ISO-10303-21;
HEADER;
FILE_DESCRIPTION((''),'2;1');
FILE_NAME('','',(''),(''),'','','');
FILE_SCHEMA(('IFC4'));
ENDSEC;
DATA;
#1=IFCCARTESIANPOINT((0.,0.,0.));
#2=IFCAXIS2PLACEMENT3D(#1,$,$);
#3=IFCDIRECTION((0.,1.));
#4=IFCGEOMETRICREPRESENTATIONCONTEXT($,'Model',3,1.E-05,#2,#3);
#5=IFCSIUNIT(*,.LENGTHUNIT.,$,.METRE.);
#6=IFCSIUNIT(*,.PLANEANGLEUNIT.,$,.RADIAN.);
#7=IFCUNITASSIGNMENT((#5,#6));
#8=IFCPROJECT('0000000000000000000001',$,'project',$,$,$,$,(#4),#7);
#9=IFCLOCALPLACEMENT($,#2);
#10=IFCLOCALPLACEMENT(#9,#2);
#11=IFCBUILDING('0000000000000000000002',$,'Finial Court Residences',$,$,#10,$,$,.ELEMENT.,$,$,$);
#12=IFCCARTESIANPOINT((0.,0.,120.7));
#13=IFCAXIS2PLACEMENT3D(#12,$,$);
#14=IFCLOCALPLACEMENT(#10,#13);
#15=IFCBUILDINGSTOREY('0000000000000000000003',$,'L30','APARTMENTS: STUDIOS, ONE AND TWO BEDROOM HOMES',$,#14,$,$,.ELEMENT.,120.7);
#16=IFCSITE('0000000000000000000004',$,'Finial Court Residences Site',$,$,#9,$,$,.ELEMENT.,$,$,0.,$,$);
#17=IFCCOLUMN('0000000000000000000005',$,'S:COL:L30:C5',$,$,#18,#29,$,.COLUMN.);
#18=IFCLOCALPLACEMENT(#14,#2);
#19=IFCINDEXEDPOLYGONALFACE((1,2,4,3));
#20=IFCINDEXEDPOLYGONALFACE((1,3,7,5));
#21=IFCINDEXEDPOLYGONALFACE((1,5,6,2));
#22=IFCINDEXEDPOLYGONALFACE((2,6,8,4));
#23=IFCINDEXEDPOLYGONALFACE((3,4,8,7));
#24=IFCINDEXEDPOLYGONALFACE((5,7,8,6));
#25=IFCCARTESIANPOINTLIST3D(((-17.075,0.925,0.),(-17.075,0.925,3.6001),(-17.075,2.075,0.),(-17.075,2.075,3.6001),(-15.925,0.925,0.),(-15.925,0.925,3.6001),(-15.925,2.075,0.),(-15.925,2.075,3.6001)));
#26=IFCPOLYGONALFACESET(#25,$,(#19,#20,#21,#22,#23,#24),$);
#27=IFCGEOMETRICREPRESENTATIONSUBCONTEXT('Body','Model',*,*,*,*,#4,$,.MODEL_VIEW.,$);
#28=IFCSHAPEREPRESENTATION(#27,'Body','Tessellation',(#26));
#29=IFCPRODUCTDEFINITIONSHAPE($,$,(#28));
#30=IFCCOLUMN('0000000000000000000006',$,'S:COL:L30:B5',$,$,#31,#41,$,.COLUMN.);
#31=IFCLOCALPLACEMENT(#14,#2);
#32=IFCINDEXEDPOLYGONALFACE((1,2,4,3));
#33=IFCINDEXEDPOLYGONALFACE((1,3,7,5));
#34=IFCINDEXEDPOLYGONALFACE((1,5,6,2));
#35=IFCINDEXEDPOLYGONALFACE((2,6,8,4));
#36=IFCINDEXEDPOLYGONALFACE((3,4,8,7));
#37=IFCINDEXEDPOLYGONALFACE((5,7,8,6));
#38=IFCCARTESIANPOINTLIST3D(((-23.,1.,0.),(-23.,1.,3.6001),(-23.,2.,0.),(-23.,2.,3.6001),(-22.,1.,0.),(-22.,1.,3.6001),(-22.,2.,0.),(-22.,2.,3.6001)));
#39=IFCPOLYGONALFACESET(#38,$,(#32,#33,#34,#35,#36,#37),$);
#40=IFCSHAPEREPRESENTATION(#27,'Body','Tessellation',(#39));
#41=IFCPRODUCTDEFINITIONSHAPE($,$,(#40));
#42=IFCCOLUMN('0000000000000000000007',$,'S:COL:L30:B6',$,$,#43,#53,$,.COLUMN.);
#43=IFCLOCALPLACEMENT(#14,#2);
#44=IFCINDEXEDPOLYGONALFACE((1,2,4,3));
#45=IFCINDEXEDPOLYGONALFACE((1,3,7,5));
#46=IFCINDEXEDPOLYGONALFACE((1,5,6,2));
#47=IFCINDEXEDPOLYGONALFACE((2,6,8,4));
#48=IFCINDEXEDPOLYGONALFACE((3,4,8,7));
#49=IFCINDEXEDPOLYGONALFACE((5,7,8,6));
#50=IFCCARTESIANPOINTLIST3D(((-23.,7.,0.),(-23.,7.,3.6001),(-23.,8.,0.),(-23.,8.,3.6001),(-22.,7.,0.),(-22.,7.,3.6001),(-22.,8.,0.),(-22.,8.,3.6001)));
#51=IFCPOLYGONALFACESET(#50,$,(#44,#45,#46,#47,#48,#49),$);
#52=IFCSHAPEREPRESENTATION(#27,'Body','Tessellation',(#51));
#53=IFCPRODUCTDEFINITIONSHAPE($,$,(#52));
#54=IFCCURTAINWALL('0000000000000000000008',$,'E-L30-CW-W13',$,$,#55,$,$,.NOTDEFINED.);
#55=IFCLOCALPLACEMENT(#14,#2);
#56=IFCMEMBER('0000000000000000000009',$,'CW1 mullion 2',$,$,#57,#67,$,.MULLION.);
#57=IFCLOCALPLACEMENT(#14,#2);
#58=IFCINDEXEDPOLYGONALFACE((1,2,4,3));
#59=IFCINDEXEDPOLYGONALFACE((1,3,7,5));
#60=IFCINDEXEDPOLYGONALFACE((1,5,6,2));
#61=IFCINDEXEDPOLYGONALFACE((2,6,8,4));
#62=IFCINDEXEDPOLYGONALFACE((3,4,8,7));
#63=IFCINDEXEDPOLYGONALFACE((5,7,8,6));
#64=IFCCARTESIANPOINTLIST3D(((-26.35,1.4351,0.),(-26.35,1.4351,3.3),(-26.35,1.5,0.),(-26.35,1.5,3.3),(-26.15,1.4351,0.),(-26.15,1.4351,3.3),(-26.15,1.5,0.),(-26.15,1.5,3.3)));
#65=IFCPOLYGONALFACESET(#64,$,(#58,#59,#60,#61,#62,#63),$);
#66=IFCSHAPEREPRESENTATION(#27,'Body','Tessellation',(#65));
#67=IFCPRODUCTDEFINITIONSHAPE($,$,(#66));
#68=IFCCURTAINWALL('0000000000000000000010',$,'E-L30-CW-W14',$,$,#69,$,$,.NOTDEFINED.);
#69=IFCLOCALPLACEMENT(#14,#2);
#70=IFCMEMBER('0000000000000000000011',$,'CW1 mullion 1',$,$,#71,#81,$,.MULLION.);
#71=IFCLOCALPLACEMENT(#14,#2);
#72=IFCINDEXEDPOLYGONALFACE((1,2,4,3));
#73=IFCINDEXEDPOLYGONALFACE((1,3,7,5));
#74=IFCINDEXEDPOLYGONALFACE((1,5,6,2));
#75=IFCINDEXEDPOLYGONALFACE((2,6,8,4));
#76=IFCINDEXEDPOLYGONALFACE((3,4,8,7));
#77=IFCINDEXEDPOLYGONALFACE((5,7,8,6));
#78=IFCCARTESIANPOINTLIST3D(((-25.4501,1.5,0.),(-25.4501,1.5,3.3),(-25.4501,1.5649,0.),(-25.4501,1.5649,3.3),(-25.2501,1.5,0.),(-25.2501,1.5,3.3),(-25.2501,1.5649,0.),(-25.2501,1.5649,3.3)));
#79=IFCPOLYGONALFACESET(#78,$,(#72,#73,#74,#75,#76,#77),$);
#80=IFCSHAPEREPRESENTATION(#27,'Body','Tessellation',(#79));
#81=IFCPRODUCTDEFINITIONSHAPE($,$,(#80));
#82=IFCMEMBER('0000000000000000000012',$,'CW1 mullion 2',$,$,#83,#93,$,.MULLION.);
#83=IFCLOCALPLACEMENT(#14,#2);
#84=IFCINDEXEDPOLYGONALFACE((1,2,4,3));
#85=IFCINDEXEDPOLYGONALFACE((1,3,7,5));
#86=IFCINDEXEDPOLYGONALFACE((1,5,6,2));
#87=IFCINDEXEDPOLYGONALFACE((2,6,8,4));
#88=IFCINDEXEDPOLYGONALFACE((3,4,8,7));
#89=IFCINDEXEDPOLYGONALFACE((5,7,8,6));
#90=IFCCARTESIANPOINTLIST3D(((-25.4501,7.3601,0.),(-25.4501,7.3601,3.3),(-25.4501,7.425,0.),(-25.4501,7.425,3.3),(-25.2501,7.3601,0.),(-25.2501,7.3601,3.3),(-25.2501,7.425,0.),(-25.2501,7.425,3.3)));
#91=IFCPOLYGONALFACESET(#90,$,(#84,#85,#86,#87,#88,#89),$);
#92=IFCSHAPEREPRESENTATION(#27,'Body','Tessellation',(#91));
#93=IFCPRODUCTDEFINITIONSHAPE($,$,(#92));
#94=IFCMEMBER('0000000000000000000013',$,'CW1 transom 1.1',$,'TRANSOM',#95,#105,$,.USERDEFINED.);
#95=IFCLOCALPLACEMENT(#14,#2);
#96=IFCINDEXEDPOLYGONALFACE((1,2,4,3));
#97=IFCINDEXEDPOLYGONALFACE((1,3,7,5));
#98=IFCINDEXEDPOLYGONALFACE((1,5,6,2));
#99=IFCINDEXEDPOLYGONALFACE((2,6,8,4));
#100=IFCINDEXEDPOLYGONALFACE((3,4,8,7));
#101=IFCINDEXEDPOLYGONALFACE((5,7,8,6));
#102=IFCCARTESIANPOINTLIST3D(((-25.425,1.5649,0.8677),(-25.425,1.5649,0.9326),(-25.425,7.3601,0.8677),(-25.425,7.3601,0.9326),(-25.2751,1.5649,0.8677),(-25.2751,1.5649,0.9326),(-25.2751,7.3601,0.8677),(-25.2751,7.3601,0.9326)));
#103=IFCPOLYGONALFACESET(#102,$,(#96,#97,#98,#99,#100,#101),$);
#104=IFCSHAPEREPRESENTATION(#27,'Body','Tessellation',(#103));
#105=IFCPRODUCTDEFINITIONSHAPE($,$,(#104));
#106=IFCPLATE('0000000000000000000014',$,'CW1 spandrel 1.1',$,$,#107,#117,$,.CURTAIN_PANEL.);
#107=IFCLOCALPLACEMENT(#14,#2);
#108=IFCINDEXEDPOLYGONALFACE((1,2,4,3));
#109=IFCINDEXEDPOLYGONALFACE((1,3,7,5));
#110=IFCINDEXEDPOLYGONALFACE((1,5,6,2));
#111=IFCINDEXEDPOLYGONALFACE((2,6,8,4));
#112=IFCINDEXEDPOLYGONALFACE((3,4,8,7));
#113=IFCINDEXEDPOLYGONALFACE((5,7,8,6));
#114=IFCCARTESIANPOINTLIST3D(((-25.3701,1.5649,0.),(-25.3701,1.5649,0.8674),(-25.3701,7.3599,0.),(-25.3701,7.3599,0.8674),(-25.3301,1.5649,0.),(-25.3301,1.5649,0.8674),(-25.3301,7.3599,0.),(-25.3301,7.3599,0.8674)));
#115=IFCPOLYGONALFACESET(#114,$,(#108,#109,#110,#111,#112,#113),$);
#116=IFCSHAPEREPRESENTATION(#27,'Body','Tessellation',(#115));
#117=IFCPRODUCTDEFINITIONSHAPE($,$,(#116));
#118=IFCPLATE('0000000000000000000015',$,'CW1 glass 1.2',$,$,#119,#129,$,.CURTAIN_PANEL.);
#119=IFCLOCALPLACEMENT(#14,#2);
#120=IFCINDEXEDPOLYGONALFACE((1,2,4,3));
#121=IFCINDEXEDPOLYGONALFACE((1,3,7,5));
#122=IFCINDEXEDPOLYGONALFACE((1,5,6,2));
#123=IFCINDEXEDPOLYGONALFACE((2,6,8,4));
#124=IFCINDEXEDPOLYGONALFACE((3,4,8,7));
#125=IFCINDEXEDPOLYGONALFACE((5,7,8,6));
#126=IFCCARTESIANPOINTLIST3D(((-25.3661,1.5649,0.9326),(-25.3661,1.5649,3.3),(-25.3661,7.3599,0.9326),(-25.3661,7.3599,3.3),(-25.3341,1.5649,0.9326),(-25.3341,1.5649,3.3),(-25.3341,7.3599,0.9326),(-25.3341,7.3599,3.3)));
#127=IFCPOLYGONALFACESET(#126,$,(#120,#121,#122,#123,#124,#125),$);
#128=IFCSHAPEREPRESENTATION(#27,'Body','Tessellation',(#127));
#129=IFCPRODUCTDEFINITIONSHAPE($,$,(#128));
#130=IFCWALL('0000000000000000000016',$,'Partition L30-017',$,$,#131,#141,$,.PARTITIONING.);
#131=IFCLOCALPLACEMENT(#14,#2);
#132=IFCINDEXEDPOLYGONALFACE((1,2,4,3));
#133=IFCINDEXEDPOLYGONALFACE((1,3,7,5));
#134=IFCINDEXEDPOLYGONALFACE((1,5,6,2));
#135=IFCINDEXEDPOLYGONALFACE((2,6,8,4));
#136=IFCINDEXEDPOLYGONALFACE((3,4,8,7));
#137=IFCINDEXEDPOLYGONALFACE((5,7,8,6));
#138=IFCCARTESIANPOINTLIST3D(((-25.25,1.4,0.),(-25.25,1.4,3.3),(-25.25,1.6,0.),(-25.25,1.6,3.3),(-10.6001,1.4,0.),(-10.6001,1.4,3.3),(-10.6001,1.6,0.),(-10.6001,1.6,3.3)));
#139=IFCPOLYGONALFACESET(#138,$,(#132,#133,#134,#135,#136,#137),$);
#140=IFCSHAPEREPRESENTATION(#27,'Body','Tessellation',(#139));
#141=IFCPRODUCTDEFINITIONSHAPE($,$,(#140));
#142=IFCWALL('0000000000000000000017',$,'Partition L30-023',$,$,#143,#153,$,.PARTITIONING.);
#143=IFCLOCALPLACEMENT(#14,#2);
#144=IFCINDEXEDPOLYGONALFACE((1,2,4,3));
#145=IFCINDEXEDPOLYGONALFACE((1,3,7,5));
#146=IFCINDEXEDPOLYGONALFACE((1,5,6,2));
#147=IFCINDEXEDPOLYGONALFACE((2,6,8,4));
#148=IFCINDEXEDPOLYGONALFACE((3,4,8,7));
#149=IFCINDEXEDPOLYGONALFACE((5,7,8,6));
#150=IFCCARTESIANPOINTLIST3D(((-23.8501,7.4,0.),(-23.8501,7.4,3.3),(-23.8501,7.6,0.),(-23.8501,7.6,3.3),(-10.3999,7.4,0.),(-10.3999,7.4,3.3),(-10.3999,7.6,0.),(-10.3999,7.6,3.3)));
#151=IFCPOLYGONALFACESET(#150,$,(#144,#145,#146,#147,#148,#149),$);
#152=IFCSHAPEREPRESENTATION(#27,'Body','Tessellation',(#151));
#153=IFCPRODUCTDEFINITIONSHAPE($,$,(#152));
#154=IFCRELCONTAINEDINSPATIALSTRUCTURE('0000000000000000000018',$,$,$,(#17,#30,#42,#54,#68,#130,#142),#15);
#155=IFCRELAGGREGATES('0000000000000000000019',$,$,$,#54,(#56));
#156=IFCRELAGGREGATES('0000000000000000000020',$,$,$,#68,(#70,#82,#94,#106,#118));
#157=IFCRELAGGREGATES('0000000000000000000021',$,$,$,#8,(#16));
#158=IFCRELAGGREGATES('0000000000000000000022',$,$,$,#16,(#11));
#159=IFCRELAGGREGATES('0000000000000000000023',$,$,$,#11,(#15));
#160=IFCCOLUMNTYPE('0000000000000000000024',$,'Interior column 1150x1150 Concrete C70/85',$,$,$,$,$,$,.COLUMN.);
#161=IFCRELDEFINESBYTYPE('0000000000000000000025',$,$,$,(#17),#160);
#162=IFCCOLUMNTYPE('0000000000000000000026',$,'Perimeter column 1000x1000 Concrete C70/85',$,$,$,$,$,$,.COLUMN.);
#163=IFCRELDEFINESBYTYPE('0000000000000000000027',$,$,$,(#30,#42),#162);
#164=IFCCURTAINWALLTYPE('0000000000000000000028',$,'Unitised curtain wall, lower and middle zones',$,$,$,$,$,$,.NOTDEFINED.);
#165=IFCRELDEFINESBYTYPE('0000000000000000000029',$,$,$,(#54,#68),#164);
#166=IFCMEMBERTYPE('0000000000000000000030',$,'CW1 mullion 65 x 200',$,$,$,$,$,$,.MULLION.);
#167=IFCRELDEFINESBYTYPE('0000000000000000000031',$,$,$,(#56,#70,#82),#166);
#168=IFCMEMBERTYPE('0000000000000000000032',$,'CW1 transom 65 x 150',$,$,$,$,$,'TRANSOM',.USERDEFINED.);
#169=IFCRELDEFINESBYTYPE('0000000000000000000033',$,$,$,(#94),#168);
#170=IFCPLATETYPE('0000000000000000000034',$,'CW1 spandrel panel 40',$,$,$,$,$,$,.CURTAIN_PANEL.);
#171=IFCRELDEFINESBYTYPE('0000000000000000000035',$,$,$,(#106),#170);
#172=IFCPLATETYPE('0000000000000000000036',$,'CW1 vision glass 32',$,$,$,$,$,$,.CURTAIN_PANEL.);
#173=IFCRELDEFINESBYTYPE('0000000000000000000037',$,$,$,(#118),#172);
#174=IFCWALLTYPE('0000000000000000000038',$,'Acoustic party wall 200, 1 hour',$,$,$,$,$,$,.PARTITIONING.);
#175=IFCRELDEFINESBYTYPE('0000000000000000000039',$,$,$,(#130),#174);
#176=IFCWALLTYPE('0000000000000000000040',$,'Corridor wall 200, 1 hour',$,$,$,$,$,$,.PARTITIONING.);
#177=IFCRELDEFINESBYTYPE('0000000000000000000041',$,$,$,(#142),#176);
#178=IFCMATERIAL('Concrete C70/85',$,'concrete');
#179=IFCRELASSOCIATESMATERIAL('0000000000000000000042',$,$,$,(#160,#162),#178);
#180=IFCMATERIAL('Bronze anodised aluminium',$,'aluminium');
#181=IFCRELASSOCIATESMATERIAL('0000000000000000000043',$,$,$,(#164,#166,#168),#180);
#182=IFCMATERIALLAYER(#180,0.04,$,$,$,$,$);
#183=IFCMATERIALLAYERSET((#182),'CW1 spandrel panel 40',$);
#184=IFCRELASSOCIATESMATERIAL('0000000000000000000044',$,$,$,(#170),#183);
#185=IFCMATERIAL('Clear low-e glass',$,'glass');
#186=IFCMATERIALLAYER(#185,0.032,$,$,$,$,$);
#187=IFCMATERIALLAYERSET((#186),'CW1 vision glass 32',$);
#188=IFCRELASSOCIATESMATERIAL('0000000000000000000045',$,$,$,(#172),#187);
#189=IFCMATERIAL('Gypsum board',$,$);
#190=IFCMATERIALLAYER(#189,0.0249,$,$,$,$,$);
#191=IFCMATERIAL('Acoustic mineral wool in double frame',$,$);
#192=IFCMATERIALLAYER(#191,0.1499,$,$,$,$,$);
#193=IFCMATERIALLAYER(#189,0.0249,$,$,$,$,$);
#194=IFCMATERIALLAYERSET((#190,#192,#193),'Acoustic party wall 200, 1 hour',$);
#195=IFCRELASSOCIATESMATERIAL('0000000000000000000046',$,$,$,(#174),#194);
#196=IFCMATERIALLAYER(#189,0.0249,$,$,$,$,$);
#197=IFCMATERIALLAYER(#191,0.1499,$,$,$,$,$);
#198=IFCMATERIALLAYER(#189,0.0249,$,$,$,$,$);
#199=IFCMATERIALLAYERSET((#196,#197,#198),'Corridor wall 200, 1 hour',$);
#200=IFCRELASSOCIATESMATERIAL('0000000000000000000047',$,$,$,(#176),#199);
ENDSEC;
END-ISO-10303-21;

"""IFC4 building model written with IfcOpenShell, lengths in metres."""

from ifc_helpers import new_model, si_unit, direction, frame, frame_2d, origin, origin_2d, place, context, subcontext, project, spatial, rectangle, extrude, material, layer, layer_set, material_profile, profile_set, type_object, element, aggregate, save


model = new_model("IFC4")

# Units and contexts
model_context = context("Model", 3, precision=1e-05, world=origin(), true_north=direction((0.0, 1.0)))
body_context = subcontext(model_context, "Body", "Model", "MODEL_VIEW")
ifc_project = project(units=[si_unit("LENGTHUNIT", "METRE"), si_unit("PLANEANGLEUNIT", "RADIAN")], contexts=[model_context])

# Site, building, storey
site_placement = place(None, origin())
site = spatial("IfcSite", under=ifc_project, at=site_placement, Name="Finial Court Residences Site", CompositionType="ELEMENT", RefElevation=0.0)
building_placement = place(site_placement, origin())
building = spatial("IfcBuilding", under=site, at=building_placement, Name="Finial Court Residences", CompositionType="ELEMENT")
storey_placement = place(building_placement, frame((0.0, 0.0, 120.7)))
storey = spatial("IfcBuildingStorey", under=building, at=storey_placement, Name="L30", Description="APARTMENTS: STUDIOS, ONE AND TWO BEDROOM HOMES", CompositionType="ELEMENT", Elevation=120.7)

# Columns
ifc_material_1 = material(Name="Concrete C70/85", Category="concrete")
ifc_material_profile_1 = material_profile(ifc_material_1, rectangle(XDim=1.1499, YDim=1.1499, at=origin_2d()), Name="1150x1150")
ifc_profile_set_1 = profile_set([ifc_material_profile_1], Name="Concrete C70/85")
column_type_1 = type_object("IfcColumnType", Name="Interior column 1150x1150 Concrete C70/85", PredefinedType="COLUMN", material=ifc_profile_set_1)
column_placement = place(storey_placement, frame((-16.5, 1.5, 0.0), z_axis=(0.0, 0.0, 1.0), x_axis=(1.0, 0.0, 0.0)))
element("IfcColumn", 1, at=column_placement, inside=storey, type_object=column_type_1, Name="S:COL:L30:C5", PredefinedType="COLUMN", context=body_context, shape_type="SweptSolid", body=[
    extrude(rectangle(XDim=1.1499, YDim=1.1499, at=origin_2d()), origin(), (0.0, 0.0, 1.0), 3.6001),
])
ifc_material_profile_2 = material_profile(ifc_material_1, rectangle(XDim=1.0, YDim=1.0, at=origin_2d()), Name="1000x1000")
ifc_profile_set_2 = profile_set([ifc_material_profile_2], Name="Concrete C70/85")
column_type_2 = type_object("IfcColumnType", Name="Perimeter column 1000x1000 Concrete C70/85", PredefinedType="COLUMN", material=ifc_profile_set_2)
for number, where, z_axis, x_axis, name in (
    (2, (-22.5, 1.5, 0.0), (0.0, 0.0, 1.0), (1.0, 0.0, 0.0), "S:COL:L30:B5"),
    (3, (-22.5, 7.5, 0.0), (0.0, 0.0, 1.0), (1.0, 0.0, 0.0), "S:COL:L30:B6"),
):
    element("IfcColumn", number, at=place(storey_placement, frame(where, z_axis=z_axis, x_axis=x_axis)), inside=storey, type_object=column_type_2, Name=name, PredefinedType="COLUMN", context=body_context, shape_type="SweptSolid", body=[
        extrude(rectangle(XDim=1.0, YDim=1.0, at=origin_2d()), origin(), (0.0, 0.0, 1.0), 3.6001),
    ])

# Curtain wall, member
ifc_material_2 = material(Name="Bronze anodised aluminium", Category="aluminium")
curtain_wall_type = type_object("IfcCurtainWallType", Name="Unitised curtain wall, lower and middle zones", PredefinedType="NOTDEFINED", material=ifc_material_2)
curtain_wall_1_placement = place(storey_placement, origin())
curtain_wall_1 = element("IfcCurtainWall", 4, at=curtain_wall_1_placement, inside=storey, type_object=curtain_wall_type, Name="E-L30-CW-W13", PredefinedType="NOTDEFINED")
ifc_material_profile_3 = material_profile(ifc_material_2, rectangle(XDim=0.2, YDim=0.0649, at=origin_2d()), Name="CW1 mullion 65 x 200")
ifc_profile_set_3 = profile_set([ifc_material_profile_3], Name="Bronze anodised aluminium")
member_type_1 = type_object("IfcMemberType", Name="CW1 mullion 65 x 200", PredefinedType="MULLION", material=ifc_profile_set_3)
member_1_placement = place(storey_placement, frame((-26.25, 1.4675, 0.0), z_axis=(0.0, 0.0, 1.0), x_axis=(-1.0, 0.0, 0.0)))
member_1 = element("IfcMember", 5, at=member_1_placement, type_object=member_type_1, Name="CW1 mullion 2", PredefinedType="MULLION", context=body_context, shape_type="SweptSolid", body=[
    extrude(rectangle(XDim=0.2, YDim=0.0649, at=origin_2d()), origin(), (0.0, 0.0, 1.0), 3.3),
])
aggregate(curtain_wall_1, [member_1])

# Curtain wall, members, plates
curtain_wall_2_placement = place(storey_placement, origin())
curtain_wall_2 = element("IfcCurtainWall", 6, at=curtain_wall_2_placement, inside=storey, type_object=curtain_wall_type, Name="E-L30-CW-W14", PredefinedType="NOTDEFINED")
member_2_placement = place(storey_placement, frame((-25.3501, 1.5325, 0.0), z_axis=(0.0, 0.0, 1.0), x_axis=(-1.0, 0.0, 0.0)))
member_2 = element("IfcMember", 7, at=member_2_placement, type_object=member_type_1, Name="CW1 mullion 1", PredefinedType="MULLION", context=body_context, shape_type="SweptSolid", body=[
    extrude(rectangle(XDim=0.2, YDim=0.0649, at=origin_2d()), origin(), (0.0, 0.0, 1.0), 3.3),
])
member_3_placement = place(storey_placement, frame((-25.3501, 7.3926, 0.0), z_axis=(0.0, 0.0, 1.0), x_axis=(-1.0, 0.0, 0.0)))
member_3 = element("IfcMember", 8, at=member_3_placement, type_object=member_type_1, Name="CW1 mullion 2", PredefinedType="MULLION", context=body_context, shape_type="SweptSolid", body=[
    extrude(rectangle(XDim=0.2, YDim=0.0649, at=origin_2d()), origin(), (0.0, 0.0, 1.0), 3.3),
])
ifc_material_profile_4 = material_profile(ifc_material_2, rectangle(XDim=0.1499, YDim=0.0649, at=origin_2d()), Name="CW1 transom 65 x 150")
ifc_profile_set_4 = profile_set([ifc_material_profile_4], Name="Bronze anodised aluminium")
member_type_2 = type_object("IfcMemberType", Name="CW1 transom 65 x 150", ElementType="TRANSOM", PredefinedType="USERDEFINED", material=ifc_profile_set_4)
member_4_placement = place(storey_placement, frame((-25.3501, 1.5649, 0.9001), z_axis=(0.0, 1.0, 0.0), x_axis=(-1.0, 0.0, 0.0)))
member_4 = element("IfcMember", 9, at=member_4_placement, type_object=member_type_2, Name="CW1 transom 1.1", ObjectType="TRANSOM", PredefinedType="USERDEFINED", context=body_context, shape_type="SweptSolid", body=[
    extrude(rectangle(XDim=0.1499, YDim=0.0649, at=origin_2d()), origin(), (0.0, 0.0, 1.0), 5.7952),
])
ifc_layer_1 = layer(ifc_material_2, 0.04)
ifc_layer_set_1 = layer_set([ifc_layer_1], Name="CW1 spandrel panel 40")
plate_type_1 = type_object("IfcPlateType", Name="CW1 spandrel panel 40", PredefinedType="CURTAIN_PANEL", material=ifc_layer_set_1)
plate_1_placement = place(storey_placement, frame((-25.3501, 4.4624, 0.0), z_axis=(0.0, 0.0, 1.0), x_axis=(0.0, 1.0, 0.0)))
plate_1 = element("IfcPlate", 10, at=plate_1_placement, type_object=plate_type_1, Name="CW1 spandrel 1.1", PredefinedType="CURTAIN_PANEL", context=body_context, shape_type="SweptSolid", body=[
    extrude(rectangle(XDim=5.7949, YDim=0.04, at=origin_2d()), origin(), (0.0, 0.0, 1.0), 0.8674),
])
ifc_material_3 = material(Name="Clear low-e glass", Category="glass")
ifc_layer_2 = layer(ifc_material_3, 0.032)
ifc_layer_set_2 = layer_set([ifc_layer_2], Name="CW1 vision glass 32")
plate_type_2 = type_object("IfcPlateType", Name="CW1 vision glass 32", PredefinedType="CURTAIN_PANEL", material=ifc_layer_set_2)
plate_2_placement = place(storey_placement, frame((-25.3501, 4.4624, 0.9326), z_axis=(0.0, 0.0, 1.0), x_axis=(0.0, 1.0, 0.0)))
plate_2 = element("IfcPlate", 11, at=plate_2_placement, type_object=plate_type_2, Name="CW1 glass 1.2", PredefinedType="CURTAIN_PANEL", context=body_context, shape_type="SweptSolid", body=[
    extrude(rectangle(XDim=5.7949, YDim=0.032, at=origin_2d()), origin(), (0.0, 0.0, 1.0), 2.3674),
])
aggregate(curtain_wall_2, [member_2, member_3, member_4, plate_1, plate_2])

# Walls
ifc_material_4 = material(Name="Gypsum board")
ifc_layer_3 = layer(ifc_material_4, 0.0249)
ifc_material_5 = material(Name="Acoustic mineral wool in double frame")
ifc_layer_4 = layer(ifc_material_5, 0.1499)
ifc_layer_5 = layer(ifc_material_4, 0.0249)
ifc_layer_set_3 = layer_set([ifc_layer_3, ifc_layer_4, ifc_layer_5], Name="Acoustic party wall 200, 1 hour")
wall_type_1 = type_object("IfcWallType", Name="Acoustic party wall 200, 1 hour", PredefinedType="PARTITIONING", material=ifc_layer_set_3)
wall_1_placement = place(storey_placement, frame((-25.25, 1.5, 0.0), z_axis=(0.0, 0.0, 1.0), x_axis=(1.0, 0.0, 0.0)))
element("IfcWall", 12, at=wall_1_placement, inside=storey, type_object=wall_type_1, Name="Partition L30-017", PredefinedType="PARTITIONING", context=body_context, shape_type="SweptSolid", body=[
    extrude(rectangle(XDim=14.6499, YDim=0.2, at=frame_2d((7.325, 0.0))), origin(), (0.0, 0.0, 1.0), 3.3),
])
ifc_layer_6 = layer(ifc_material_4, 0.0249)
ifc_layer_7 = layer(ifc_material_5, 0.1499)
ifc_layer_8 = layer(ifc_material_4, 0.0249)
ifc_layer_set_4 = layer_set([ifc_layer_6, ifc_layer_7, ifc_layer_8], Name="Corridor wall 200, 1 hour")
wall_type_2 = type_object("IfcWallType", Name="Corridor wall 200, 1 hour", PredefinedType="PARTITIONING", material=ifc_layer_set_4)
wall_2_placement = place(storey_placement, frame((-23.8501, 7.5, 0.0), z_axis=(0.0, 0.0, 1.0), x_axis=(1.0, 0.0, 0.0)))
element("IfcWall", 13, at=wall_2_placement, inside=storey, type_object=wall_type_2, Name="Partition L30-023", PredefinedType="PARTITIONING", context=body_context, shape_type="SweptSolid", body=[
    extrude(rectangle(XDim=13.4502, YDim=0.2, at=frame_2d((6.7251, 0.0))), origin(), (0.0, 0.0, 1.0), 3.3),
])

save(model, "model.ifc")
